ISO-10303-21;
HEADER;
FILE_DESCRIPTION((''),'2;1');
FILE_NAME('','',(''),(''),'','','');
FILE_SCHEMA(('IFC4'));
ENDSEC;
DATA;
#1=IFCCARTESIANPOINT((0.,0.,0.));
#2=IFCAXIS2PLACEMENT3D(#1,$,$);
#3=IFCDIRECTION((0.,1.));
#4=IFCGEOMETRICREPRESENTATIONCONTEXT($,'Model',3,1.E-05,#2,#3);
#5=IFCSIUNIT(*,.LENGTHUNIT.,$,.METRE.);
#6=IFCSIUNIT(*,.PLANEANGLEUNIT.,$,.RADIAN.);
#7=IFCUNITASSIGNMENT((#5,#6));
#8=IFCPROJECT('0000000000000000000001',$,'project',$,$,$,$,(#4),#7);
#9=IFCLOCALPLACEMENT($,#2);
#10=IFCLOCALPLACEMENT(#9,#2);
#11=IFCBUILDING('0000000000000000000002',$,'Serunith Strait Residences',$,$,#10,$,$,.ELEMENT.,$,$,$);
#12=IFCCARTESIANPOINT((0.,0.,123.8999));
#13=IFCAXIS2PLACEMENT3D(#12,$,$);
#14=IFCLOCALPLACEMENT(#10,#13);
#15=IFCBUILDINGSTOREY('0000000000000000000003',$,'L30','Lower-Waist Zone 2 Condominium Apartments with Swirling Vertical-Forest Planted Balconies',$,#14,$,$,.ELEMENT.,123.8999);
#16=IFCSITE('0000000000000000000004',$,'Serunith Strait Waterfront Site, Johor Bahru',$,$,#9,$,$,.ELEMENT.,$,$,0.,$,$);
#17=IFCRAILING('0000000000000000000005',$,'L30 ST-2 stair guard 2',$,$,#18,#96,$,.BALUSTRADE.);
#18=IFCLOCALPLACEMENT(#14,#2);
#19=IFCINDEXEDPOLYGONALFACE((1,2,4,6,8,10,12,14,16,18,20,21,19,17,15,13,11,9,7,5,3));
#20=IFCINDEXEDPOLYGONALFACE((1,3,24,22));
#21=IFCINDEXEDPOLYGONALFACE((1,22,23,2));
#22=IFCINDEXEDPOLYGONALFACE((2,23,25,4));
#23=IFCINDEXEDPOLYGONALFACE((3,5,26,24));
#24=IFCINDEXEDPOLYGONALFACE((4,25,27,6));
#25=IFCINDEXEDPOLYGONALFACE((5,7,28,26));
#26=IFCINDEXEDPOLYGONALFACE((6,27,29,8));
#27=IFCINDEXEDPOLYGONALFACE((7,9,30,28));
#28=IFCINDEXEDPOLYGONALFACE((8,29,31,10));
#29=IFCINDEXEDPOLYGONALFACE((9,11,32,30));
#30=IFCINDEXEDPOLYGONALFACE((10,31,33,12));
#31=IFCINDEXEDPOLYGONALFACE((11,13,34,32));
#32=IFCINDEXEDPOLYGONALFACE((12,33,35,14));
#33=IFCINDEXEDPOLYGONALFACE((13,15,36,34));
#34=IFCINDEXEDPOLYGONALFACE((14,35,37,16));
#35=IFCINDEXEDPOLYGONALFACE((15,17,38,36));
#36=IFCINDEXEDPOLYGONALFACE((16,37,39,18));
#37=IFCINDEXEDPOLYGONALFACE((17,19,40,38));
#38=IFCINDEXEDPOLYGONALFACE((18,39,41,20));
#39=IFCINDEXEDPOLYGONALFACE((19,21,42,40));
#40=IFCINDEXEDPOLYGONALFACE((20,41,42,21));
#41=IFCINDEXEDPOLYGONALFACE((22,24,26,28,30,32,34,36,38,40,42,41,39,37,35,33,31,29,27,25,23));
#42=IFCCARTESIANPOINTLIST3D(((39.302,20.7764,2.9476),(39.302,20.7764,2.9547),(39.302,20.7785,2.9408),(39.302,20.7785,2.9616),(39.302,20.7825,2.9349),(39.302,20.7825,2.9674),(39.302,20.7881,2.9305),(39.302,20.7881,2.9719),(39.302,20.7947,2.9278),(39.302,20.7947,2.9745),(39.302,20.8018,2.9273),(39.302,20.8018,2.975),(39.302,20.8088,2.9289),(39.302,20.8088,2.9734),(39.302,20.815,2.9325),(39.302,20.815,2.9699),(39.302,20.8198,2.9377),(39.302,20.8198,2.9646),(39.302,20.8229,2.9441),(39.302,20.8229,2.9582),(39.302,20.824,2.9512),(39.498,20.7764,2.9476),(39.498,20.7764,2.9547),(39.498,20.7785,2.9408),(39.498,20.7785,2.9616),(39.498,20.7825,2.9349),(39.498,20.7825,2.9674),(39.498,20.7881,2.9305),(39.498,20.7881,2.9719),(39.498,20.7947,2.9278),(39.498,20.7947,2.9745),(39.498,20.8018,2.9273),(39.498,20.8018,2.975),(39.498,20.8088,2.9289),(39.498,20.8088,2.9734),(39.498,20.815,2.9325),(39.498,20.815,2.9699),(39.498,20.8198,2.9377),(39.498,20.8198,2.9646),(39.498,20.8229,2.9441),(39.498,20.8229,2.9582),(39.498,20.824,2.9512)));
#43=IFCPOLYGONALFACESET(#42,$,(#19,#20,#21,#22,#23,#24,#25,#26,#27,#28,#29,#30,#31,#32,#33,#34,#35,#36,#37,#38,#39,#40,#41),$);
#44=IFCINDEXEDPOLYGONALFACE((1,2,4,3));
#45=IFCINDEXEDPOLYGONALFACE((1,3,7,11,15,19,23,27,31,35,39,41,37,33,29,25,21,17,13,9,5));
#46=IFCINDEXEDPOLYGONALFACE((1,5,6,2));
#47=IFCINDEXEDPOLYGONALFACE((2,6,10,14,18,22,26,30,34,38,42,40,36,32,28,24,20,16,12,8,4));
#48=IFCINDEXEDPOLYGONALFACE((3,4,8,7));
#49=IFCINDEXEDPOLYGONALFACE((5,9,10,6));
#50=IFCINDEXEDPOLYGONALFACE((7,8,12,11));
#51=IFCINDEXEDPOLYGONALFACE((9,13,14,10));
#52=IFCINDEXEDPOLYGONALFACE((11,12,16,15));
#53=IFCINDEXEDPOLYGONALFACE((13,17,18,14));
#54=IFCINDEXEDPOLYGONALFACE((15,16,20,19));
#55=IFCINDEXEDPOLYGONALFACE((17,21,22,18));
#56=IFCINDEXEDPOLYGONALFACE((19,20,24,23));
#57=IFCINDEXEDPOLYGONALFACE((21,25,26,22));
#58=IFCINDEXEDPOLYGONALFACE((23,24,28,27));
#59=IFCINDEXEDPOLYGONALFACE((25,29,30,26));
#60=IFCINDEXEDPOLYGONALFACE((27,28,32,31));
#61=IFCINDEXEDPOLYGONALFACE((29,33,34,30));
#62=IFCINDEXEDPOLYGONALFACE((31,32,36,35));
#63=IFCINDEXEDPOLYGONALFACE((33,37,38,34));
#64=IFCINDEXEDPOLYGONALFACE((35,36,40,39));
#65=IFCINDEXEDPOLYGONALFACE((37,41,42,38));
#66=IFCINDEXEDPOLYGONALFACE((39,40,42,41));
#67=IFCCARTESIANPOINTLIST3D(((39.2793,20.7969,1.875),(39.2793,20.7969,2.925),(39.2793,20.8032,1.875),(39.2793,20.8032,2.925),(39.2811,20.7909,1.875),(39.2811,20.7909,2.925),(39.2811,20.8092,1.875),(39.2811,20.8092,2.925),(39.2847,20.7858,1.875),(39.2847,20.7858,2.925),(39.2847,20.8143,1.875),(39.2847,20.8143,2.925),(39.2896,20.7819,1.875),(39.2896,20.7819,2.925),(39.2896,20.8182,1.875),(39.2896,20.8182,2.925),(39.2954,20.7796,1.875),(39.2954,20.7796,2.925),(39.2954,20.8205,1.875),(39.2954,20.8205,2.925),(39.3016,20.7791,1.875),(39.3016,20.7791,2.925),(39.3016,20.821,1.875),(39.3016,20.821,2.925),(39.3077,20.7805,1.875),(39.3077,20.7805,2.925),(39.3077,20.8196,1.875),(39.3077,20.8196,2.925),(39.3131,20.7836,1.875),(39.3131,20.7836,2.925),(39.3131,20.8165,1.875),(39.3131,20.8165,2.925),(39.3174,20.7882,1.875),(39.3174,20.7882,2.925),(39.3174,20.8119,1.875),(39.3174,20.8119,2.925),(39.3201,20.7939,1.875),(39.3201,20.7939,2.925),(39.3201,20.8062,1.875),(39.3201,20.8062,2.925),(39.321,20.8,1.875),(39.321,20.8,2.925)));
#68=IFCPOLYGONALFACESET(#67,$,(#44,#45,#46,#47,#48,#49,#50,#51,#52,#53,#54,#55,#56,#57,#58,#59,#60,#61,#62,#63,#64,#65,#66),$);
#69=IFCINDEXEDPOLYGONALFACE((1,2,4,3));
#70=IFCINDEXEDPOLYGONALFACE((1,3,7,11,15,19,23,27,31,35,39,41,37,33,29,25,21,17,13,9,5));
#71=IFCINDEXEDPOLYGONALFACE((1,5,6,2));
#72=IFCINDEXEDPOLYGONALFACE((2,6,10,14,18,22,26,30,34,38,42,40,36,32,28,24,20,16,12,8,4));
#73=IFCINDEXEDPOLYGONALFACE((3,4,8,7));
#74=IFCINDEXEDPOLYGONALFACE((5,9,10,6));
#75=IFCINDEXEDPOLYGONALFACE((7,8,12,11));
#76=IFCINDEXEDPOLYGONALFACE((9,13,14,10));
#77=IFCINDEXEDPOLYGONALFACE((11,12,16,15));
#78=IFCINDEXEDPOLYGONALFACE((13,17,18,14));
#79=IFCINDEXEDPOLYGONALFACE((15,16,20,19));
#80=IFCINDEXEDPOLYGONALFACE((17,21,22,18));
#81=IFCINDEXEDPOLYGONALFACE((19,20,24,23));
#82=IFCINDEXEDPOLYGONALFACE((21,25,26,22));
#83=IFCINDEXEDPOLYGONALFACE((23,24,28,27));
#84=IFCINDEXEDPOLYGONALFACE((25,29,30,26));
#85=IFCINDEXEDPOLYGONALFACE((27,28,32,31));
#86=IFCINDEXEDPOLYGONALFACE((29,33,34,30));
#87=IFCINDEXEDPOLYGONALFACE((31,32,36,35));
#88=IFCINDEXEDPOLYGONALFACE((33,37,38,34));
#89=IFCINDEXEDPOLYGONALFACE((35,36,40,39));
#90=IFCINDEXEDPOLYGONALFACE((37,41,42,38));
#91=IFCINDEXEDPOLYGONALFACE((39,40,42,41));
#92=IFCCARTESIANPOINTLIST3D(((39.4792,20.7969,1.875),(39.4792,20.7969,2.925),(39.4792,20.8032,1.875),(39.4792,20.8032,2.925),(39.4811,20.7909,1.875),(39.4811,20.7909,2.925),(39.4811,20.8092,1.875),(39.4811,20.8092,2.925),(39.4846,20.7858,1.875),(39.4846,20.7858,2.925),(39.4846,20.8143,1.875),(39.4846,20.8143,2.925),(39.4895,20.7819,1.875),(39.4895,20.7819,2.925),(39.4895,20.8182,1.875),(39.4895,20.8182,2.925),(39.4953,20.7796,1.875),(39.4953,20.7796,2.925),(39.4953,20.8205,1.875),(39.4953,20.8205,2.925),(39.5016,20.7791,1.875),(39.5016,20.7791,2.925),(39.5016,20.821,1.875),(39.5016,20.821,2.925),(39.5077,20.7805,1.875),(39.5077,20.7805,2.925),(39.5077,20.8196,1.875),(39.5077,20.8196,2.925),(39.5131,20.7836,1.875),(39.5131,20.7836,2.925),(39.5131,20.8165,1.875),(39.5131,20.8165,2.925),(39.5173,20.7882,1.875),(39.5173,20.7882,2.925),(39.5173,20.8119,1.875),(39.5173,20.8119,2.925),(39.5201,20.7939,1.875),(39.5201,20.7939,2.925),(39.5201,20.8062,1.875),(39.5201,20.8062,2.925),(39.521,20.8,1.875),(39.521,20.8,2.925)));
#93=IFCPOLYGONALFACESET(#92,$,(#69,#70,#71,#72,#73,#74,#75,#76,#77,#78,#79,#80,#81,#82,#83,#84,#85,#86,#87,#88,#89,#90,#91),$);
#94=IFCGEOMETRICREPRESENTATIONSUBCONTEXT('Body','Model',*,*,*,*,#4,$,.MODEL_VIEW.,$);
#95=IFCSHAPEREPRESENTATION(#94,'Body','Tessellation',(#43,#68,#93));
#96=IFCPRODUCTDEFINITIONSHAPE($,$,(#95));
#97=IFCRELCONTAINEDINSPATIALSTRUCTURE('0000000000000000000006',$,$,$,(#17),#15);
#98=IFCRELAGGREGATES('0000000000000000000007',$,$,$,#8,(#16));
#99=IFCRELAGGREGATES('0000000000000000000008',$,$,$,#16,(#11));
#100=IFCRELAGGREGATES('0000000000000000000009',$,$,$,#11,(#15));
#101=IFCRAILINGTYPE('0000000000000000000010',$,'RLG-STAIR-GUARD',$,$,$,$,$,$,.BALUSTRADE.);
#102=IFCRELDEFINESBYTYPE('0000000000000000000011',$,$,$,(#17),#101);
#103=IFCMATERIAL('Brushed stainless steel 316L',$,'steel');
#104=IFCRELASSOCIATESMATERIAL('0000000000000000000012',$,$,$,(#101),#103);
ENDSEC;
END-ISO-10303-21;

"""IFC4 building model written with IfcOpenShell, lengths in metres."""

from ifc_helpers import new_model, si_unit, direction, frame, origin, origin_2d, place, context, subcontext, project, spatial, circle, extrude, material, type_object, element, save


model = new_model("IFC4")

# Units and contexts
model_context = context("Model", 3, precision=1e-05, world=origin(), true_north=direction((0.0, 1.0)))
body_context = subcontext(model_context, "Body", "Model", "MODEL_VIEW")
ifc_project = project(units=[si_unit("LENGTHUNIT", "METRE"), si_unit("PLANEANGLEUNIT", "RADIAN")], contexts=[model_context])

# Site, building, storey
site_placement = place(None, origin())
site = spatial("IfcSite", under=ifc_project, at=site_placement, Name="Serunith Strait Waterfront Site, Johor Bahru", CompositionType="ELEMENT", RefElevation=0.0)
building_placement = place(site_placement, origin())
building = spatial("IfcBuilding", under=site, at=building_placement, Name="Serunith Strait Residences", CompositionType="ELEMENT")
storey_placement = place(building_placement, frame((0.0, 0.0, 123.8999)))
storey = spatial("IfcBuildingStorey", under=building, at=storey_placement, Name="L30", Description="Lower-Waist Zone 2 Condominium Apartments with Swirling Vertical-Forest Planted Balconies", CompositionType="ELEMENT", Elevation=123.8999)

# Railing
ifc_material_1 = material(Name="Brushed stainless steel 316L", Category="steel")
railing_type_1 = type_object("IfcRailingType", Name="RLG-STAIR-GUARD", PredefinedType="BALUSTRADE", material=ifc_material_1)
railing_1_placement = place(storey_placement, frame((39.3, 20.8, 1.875)))
element("IfcRailing", 1, at=railing_1_placement, inside=storey, type_object=railing_type_1, Name="L30 ST-2 stair guard 2", PredefinedType="BALUSTRADE", context=body_context, shape_type="SweptSolid", body=[
    extrude(circle(Radius=0.0239, at=origin_2d()), frame((0.002, 0.0, 1.0762), z_axis=(1.0, 0.0, 0.0), x_axis=(0.0, 1.0, 0.0)), (0.0, 0.0, 1.0), 0.196),
    extrude(circle(Radius=0.021, at=origin_2d()), origin(), (0.0, 0.0, 1.0), 1.05),
    extrude(circle(Radius=0.021, at=origin_2d()), frame((0.2, 0.0, 0.0)), (0.0, 0.0, 1.0), 1.05),
])

save(model, "model.ifc")
